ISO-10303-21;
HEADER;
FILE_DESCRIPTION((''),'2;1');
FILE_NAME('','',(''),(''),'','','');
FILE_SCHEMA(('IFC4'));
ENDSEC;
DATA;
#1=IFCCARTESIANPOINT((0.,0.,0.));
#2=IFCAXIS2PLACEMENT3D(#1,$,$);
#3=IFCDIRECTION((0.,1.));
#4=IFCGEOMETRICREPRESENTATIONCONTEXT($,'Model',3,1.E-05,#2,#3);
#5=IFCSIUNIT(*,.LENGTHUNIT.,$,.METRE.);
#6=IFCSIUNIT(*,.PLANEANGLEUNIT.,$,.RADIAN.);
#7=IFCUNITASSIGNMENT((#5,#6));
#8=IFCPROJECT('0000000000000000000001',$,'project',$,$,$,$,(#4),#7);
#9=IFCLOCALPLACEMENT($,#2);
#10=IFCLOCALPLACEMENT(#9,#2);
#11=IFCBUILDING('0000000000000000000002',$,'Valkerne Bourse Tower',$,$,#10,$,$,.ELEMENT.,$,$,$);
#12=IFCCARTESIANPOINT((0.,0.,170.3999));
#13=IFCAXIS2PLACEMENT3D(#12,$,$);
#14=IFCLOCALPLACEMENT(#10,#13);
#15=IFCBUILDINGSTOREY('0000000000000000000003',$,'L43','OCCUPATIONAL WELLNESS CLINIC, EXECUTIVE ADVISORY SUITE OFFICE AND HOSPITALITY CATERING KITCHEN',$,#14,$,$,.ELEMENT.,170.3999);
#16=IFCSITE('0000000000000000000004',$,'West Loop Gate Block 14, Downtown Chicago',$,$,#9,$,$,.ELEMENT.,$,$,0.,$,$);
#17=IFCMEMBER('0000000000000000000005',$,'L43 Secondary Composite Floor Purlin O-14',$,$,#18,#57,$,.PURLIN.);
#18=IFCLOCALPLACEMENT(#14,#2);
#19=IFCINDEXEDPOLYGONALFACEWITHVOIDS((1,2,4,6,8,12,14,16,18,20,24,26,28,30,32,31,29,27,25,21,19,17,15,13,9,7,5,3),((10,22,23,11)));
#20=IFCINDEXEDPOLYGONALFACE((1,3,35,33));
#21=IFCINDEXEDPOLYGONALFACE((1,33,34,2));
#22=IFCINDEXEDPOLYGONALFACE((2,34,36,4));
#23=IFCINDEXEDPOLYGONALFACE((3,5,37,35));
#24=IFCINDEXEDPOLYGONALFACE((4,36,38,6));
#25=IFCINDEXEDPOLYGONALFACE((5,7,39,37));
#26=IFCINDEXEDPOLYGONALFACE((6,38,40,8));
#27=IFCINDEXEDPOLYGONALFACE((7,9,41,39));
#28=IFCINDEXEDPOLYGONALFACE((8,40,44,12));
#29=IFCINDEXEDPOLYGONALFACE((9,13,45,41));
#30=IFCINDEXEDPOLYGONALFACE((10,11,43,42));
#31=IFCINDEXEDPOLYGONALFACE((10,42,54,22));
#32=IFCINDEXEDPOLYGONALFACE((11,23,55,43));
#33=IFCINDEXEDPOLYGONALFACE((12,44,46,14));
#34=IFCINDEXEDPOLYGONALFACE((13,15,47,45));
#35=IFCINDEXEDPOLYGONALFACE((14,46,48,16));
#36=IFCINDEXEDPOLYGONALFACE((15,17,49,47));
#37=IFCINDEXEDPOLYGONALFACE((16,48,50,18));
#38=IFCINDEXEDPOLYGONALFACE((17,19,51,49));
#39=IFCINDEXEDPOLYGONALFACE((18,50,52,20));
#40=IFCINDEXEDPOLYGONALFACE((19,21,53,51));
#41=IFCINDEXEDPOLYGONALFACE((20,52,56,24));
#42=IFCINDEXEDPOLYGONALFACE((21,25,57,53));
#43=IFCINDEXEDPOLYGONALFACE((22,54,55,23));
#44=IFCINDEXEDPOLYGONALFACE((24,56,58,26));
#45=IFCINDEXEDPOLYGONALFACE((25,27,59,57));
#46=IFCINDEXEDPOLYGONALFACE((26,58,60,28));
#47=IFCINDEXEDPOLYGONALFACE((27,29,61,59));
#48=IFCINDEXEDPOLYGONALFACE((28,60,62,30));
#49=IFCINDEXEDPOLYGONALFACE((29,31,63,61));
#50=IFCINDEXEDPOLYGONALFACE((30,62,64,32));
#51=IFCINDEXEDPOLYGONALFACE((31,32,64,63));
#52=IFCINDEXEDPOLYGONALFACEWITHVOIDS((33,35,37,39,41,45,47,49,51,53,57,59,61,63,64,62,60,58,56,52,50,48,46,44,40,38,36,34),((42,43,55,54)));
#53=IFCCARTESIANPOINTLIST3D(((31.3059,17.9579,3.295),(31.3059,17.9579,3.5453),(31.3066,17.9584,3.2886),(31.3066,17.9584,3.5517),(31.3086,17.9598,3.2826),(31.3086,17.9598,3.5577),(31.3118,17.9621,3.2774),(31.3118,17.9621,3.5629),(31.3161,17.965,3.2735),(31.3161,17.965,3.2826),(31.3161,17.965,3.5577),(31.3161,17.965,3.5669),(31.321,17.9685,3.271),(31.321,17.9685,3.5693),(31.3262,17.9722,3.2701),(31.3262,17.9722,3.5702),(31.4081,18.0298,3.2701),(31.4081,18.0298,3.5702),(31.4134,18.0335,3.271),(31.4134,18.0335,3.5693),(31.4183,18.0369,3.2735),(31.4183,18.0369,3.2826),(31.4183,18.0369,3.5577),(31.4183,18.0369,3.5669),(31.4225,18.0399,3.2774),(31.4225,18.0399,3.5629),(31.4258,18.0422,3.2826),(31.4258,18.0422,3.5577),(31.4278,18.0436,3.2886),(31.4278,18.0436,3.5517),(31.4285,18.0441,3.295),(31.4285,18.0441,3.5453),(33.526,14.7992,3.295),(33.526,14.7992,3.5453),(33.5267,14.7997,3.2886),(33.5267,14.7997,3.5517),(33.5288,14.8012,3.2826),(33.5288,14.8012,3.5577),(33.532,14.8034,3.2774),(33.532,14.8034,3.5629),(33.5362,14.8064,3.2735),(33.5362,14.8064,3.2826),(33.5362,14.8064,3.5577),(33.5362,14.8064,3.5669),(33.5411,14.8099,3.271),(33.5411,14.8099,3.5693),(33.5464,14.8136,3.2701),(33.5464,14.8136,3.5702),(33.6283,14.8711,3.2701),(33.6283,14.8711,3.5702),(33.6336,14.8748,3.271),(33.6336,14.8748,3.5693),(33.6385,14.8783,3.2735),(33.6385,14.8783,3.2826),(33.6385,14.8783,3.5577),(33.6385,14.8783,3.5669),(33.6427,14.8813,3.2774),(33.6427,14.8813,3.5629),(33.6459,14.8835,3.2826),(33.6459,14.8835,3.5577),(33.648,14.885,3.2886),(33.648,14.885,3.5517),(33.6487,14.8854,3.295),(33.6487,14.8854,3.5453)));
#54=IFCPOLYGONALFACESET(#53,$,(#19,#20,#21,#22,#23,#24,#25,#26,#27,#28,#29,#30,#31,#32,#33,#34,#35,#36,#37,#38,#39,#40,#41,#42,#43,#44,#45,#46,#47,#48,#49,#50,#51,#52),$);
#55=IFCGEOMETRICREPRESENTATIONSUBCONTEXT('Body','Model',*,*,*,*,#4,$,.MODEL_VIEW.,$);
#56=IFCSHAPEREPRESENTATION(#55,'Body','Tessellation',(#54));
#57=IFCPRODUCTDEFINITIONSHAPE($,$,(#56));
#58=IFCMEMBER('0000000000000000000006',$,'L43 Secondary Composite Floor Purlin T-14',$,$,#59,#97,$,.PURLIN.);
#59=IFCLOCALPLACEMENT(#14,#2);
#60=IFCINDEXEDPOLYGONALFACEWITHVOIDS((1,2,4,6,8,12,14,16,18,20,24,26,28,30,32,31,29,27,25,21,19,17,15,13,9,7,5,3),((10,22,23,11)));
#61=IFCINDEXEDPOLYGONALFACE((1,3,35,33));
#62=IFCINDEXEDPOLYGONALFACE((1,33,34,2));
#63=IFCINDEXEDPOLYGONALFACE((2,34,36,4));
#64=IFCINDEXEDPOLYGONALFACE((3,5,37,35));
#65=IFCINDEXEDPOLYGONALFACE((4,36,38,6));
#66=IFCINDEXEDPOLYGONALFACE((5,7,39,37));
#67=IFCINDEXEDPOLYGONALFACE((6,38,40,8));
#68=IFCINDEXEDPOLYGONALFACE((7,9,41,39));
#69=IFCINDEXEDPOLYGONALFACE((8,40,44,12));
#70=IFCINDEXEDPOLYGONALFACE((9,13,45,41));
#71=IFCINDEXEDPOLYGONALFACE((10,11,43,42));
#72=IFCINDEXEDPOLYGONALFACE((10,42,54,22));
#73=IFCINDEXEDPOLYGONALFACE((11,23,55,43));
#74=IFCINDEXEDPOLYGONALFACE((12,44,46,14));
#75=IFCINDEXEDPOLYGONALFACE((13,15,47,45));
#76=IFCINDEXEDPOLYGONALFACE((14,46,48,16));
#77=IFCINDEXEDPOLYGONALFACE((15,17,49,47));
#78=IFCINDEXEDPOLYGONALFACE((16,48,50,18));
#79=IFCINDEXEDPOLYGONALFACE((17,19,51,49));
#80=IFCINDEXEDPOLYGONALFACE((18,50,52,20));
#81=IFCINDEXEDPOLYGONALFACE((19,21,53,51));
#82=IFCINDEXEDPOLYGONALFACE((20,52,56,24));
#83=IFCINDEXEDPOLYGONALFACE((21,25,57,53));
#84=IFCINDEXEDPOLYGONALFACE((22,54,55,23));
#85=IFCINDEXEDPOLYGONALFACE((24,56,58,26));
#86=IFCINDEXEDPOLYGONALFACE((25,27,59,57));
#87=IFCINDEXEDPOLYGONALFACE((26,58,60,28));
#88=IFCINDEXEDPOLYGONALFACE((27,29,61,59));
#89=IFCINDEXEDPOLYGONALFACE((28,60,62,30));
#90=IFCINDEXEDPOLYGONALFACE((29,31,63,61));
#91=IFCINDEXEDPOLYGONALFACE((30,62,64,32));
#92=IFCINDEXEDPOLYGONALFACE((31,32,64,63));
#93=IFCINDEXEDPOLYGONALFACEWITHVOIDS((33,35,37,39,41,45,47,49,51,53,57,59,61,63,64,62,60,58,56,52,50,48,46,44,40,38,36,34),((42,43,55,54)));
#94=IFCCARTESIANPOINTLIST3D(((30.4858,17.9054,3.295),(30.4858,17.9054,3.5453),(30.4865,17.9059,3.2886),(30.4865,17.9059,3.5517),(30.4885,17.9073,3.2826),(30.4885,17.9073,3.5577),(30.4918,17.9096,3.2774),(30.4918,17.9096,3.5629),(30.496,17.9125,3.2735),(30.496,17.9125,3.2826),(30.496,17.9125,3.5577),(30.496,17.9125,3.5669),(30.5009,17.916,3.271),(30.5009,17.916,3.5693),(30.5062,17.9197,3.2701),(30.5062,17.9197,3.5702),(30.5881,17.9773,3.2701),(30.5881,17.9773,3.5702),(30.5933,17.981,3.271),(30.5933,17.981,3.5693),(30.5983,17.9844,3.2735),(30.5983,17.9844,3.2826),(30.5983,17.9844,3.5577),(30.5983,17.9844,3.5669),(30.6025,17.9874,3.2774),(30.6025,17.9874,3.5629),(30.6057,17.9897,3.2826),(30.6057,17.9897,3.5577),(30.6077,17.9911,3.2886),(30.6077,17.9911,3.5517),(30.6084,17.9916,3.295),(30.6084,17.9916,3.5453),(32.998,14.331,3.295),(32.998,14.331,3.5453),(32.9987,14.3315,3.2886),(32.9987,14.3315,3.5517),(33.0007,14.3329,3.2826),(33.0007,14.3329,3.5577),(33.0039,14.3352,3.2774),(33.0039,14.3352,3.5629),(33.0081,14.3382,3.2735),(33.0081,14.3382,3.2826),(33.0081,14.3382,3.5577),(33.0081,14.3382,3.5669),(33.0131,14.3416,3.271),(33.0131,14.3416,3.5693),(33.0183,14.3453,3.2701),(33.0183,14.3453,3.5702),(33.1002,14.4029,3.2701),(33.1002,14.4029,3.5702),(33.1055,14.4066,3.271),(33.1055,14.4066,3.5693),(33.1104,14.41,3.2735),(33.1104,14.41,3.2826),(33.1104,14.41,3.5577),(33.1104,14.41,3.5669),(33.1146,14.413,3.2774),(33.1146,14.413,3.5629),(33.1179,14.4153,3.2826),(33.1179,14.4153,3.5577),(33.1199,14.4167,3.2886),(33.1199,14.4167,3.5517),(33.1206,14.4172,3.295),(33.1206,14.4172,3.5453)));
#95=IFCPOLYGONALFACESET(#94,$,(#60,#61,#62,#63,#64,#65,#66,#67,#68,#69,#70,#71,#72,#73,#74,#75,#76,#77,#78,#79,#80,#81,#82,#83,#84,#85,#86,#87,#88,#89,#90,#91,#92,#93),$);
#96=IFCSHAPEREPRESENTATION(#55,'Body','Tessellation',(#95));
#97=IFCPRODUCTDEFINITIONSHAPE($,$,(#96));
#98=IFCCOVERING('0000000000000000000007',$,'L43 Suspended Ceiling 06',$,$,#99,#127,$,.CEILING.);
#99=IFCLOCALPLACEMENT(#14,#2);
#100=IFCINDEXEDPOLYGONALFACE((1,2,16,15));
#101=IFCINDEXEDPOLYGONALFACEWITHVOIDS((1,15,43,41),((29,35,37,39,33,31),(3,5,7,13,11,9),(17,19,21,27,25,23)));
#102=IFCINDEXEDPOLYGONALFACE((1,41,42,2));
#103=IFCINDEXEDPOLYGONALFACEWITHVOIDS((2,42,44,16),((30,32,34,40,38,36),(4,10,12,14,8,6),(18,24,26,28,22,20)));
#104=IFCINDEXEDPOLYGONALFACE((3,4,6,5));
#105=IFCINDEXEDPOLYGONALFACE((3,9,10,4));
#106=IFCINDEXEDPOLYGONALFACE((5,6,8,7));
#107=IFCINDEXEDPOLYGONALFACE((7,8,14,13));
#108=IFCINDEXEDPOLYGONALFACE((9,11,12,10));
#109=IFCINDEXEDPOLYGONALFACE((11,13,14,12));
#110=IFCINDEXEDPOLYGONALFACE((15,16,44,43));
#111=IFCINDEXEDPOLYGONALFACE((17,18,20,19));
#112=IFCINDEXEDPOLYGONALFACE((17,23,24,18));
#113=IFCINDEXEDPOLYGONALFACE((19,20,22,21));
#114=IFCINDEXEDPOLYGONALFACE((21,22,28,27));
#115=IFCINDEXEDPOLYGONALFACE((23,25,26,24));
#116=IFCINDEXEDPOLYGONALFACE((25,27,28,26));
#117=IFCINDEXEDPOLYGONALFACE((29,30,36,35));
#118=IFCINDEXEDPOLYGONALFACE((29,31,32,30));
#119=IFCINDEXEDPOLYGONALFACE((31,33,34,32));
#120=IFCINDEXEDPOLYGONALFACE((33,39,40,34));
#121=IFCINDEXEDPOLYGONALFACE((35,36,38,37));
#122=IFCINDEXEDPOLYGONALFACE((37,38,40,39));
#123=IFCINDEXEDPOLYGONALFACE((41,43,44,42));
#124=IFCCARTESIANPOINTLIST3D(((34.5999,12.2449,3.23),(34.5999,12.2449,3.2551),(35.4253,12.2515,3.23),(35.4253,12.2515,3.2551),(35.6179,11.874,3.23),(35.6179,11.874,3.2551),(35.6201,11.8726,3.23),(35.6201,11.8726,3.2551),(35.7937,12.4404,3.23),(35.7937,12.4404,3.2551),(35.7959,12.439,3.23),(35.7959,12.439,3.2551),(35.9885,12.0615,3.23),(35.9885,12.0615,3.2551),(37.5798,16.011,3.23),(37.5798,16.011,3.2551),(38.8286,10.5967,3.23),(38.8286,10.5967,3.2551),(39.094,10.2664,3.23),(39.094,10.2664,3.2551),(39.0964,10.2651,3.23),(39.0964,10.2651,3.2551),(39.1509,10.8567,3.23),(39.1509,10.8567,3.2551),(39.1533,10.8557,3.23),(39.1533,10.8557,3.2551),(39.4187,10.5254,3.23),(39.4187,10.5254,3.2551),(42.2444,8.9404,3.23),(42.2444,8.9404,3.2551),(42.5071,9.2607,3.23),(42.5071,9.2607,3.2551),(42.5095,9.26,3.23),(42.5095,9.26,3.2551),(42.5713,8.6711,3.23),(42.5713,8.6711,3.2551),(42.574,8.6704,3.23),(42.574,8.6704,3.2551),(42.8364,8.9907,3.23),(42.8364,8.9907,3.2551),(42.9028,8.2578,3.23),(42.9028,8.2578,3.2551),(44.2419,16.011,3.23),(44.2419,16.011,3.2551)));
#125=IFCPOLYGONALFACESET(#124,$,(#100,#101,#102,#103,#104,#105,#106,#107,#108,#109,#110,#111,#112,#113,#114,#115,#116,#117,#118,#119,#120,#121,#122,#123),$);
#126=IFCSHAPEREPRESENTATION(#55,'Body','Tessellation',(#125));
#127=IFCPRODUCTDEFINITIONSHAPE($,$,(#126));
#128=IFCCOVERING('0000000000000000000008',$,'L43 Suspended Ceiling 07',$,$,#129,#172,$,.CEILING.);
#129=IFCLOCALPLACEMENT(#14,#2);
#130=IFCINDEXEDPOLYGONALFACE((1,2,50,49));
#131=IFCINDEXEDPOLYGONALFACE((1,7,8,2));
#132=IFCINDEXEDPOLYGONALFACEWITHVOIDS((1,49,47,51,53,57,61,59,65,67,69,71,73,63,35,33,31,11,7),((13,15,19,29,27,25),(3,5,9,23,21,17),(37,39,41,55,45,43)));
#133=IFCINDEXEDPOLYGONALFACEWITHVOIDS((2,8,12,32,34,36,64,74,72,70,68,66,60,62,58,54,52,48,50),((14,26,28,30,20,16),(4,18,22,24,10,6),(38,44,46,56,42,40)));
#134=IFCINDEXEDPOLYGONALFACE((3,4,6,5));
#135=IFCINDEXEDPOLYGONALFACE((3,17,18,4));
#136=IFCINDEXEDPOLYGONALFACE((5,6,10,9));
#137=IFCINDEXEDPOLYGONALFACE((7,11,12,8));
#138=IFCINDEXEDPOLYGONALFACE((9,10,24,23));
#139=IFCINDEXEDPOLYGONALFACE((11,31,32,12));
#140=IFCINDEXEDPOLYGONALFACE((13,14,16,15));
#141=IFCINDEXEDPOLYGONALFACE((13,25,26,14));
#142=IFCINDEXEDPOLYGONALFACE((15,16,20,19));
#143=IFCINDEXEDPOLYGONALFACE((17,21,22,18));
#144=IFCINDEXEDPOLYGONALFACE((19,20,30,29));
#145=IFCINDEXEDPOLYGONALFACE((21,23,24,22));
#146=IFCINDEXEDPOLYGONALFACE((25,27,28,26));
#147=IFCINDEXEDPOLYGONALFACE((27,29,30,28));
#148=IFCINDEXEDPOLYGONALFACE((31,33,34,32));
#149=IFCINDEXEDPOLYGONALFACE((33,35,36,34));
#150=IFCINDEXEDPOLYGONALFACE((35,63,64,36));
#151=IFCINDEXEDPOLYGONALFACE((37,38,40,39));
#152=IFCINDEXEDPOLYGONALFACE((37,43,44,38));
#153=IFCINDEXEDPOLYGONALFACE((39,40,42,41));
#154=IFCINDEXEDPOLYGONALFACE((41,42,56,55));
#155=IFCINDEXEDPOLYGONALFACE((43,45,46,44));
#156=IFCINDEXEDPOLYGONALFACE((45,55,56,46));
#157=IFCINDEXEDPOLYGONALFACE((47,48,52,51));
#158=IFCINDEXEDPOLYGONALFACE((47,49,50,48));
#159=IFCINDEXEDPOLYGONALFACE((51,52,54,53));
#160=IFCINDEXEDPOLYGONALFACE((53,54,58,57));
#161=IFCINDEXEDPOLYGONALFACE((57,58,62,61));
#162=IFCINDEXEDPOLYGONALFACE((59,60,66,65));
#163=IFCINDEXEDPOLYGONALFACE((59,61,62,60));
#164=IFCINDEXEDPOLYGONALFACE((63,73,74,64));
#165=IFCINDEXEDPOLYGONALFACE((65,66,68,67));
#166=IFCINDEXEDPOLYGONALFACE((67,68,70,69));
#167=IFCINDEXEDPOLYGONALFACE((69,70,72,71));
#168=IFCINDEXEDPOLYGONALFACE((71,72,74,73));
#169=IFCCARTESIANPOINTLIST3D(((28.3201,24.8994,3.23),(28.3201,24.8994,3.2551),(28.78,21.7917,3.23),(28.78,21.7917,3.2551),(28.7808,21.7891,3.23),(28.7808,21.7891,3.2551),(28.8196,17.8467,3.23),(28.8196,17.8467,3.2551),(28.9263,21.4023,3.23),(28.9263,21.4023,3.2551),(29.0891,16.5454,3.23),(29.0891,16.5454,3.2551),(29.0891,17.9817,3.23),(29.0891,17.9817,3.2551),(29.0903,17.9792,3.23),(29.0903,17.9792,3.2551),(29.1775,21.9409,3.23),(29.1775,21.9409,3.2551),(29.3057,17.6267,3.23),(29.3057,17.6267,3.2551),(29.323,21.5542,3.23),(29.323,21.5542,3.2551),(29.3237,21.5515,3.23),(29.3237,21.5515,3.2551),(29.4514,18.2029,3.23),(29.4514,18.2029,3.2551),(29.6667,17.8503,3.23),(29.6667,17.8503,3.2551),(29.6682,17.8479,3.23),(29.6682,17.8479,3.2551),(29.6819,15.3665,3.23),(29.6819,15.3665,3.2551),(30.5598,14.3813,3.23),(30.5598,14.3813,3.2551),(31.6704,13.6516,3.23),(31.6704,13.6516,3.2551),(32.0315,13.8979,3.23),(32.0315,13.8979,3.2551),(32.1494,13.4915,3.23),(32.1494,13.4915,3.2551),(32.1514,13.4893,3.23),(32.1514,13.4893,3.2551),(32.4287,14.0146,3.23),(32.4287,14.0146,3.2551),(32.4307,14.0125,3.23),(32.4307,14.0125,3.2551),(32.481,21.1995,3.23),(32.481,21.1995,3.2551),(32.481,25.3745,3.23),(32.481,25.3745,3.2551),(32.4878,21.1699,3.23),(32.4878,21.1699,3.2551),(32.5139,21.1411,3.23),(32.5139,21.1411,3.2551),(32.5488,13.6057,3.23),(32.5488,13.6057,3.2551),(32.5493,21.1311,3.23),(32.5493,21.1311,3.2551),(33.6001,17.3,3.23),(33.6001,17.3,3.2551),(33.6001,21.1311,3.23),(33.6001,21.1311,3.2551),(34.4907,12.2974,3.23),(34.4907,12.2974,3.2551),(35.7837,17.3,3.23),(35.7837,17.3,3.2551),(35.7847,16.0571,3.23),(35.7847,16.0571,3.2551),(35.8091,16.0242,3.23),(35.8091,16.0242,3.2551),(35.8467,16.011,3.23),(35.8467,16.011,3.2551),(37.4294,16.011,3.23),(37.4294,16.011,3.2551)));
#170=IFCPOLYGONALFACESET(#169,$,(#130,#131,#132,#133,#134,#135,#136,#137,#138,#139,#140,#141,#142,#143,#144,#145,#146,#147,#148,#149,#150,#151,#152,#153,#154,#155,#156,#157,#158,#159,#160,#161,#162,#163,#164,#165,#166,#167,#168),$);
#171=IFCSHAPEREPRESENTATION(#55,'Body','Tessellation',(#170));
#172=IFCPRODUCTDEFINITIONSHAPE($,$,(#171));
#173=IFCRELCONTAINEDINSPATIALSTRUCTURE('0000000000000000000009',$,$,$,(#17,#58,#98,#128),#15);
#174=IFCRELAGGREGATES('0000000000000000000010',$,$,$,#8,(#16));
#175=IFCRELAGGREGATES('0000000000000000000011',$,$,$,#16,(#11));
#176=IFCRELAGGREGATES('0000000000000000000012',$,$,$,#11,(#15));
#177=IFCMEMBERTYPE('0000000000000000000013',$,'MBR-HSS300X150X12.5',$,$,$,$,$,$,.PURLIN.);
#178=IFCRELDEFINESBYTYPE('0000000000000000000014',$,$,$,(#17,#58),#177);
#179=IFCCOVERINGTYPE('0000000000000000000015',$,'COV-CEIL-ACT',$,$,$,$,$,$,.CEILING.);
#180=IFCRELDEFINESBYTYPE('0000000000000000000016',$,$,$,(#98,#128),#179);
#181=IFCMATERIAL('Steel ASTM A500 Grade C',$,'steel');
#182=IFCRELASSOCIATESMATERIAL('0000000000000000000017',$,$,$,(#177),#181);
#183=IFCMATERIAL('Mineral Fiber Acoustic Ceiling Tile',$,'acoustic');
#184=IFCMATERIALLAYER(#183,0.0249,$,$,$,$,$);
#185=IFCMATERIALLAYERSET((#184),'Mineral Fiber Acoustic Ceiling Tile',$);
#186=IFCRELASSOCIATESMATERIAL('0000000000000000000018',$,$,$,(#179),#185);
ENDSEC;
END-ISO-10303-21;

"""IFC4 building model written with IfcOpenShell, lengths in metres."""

from ifc_helpers import new_model, si_unit, direction, frame, origin, origin_2d, place, context, subcontext, project, spatial, polyline, hollow_rectangle, outline, extrude, material, layer, layer_set, material_profile, profile_set, type_object, element, save


model = new_model("IFC4")

# Units and contexts
model_context = context("Model", 3, precision=1e-05, world=origin(), true_north=direction((0.0, 1.0)))
body_context = subcontext(model_context, "Body", "Model", "MODEL_VIEW")
ifc_project = project(units=[si_unit("LENGTHUNIT", "METRE"), si_unit("PLANEANGLEUNIT", "RADIAN")], contexts=[model_context])

# Site, building, storey
site_placement = place(None, origin())
site = spatial("IfcSite", under=ifc_project, at=site_placement, Name="West Loop Gate Block 14, Downtown Chicago", CompositionType="ELEMENT", RefElevation=0.0)
building_placement = place(site_placement, origin())
building = spatial("IfcBuilding", under=site, at=building_placement, Name="Valkerne Bourse Tower", CompositionType="ELEMENT")
storey_placement = place(building_placement, frame((0.0, 0.0, 170.3999)))
storey = spatial("IfcBuildingStorey", under=building, at=storey_placement, Name="L43", Description="OCCUPATIONAL WELLNESS CLINIC, EXECUTIVE ADVISORY SUITE OFFICE AND HOSPITALITY CATERING KITCHEN", CompositionType="ELEMENT", Elevation=170.3999)

# Members
ifc_material_1 = material(Name="Steel ASTM A500 Grade C", Category="steel")
ifc_material_profile_1 = material_profile(ifc_material_1, hollow_rectangle(XDim=0.1499, YDim=0.3, WallThickness=0.0125, OuterFilletRadius=0.0249, at=origin_2d()), Name="HSS300X150X12.5")
ifc_profile_set_1 = profile_set([ifc_material_profile_1], Name="Steel ASTM A500 Grade C")
member_type_1 = type_object("IfcMemberType", Name="MBR-HSS300X150X12.5", PredefinedType="PURLIN", material=ifc_profile_set_1)
member_1_placement = place(storey_placement, frame((31.3672, 18.001, 3.4202), z_axis=(0.575048, -0.818119, 0.0), x_axis=(0.818119, 0.575048, 0.0)))
element("IfcMember", 1, at=member_1_placement, inside=storey, type_object=member_type_1, Name="L43 Secondary Composite Floor Purlin O-14", PredefinedType="PURLIN", context=body_context, shape_type="SweptSolid", body=[
    extrude(hollow_rectangle(XDim=0.1499, YDim=0.3, WallThickness=0.0125, OuterFilletRadius=0.0249, at=origin_2d()), origin(), (0.0, 0.0, 1.0), 3.8608),
])
member_2_placement = place(storey_placement, frame((30.5471, 17.9485, 3.4202), z_axis=(0.57501, -0.818146, 0.0), x_axis=(0.818146, 0.57501, 0.0)))
element("IfcMember", 2, at=member_2_placement, inside=storey, type_object=member_type_1, Name="L43 Secondary Composite Floor Purlin T-14", PredefinedType="PURLIN", context=body_context, shape_type="SweptSolid", body=[
    extrude(hollow_rectangle(XDim=0.1499, YDim=0.3, WallThickness=0.0125, OuterFilletRadius=0.0249, at=origin_2d()), origin(), (0.0, 0.0, 1.0), 4.3689),
])

# Coverings
ifc_material_2 = material(Name="Mineral Fiber Acoustic Ceiling Tile", Category="acoustic")
ifc_layer_1 = layer(ifc_material_2, 0.0249)
ifc_layer_set_1 = layer_set([ifc_layer_1], Name="Mineral Fiber Acoustic Ceiling Tile")
covering_type_1 = type_object("IfcCoveringType", Name="COV-CEIL-ACT", PredefinedType="CEILING", material=ifc_layer_set_1)
covering_1_placement = place(storey_placement, frame((0.0, 0.0, 3.23)))
element("IfcCovering", 3, at=covering_1_placement, inside=storey, type_object=covering_type_1, Name="L43 Suspended Ceiling 06", PredefinedType="CEILING", context=body_context, shape_type="SweptSolid", body=[
    extrude(outline(polyline([(44.2419, 16.011), (42.9028, 8.2578), (34.5999, 12.2449), (37.5798, 16.011), (44.2419, 16.011)]), holes=[polyline([(35.7959, 12.439), (35.7937, 12.4404), (35.4253, 12.2515), (35.6179, 11.874), (35.6201, 11.8726), (35.9885, 12.0615), (35.7959, 12.439)]), polyline([(42.5095, 9.26), (42.5071, 9.2607), (42.2444, 8.9404), (42.5713, 8.6711), (42.574, 8.6704), (42.8364, 8.9907), (42.5095, 9.26)]), polyline([(39.4187, 10.5254), (39.1533, 10.8557), (39.1509, 10.8567), (38.8286, 10.5967), (39.094, 10.2664), (39.0964, 10.2651), (39.4187, 10.5254)])]), origin(), (0.0, 0.0, 1.0), 0.0251),
])
covering_2_placement = place(storey_placement, frame((0.0, 0.0, 3.23)))
element("IfcCovering", 4, at=covering_2_placement, inside=storey, type_object=covering_type_1, Name="L43 Suspended Ceiling 07", PredefinedType="CEILING", context=body_context, shape_type="SweptSolid", body=[
    extrude(outline(polyline([(29.6819, 15.3665), (29.0891, 16.5454), (28.8196, 17.8467), (28.3201, 24.8994), (32.481, 25.3745), (32.481, 21.1995), (32.4878, 21.1699), (32.5139, 21.1411), (32.5493, 21.1311), (33.6001, 21.1311), (33.6001, 17.3), (35.7837, 17.3), (35.7847, 16.0571), (35.8091, 16.0242), (35.8467, 16.011), (37.4294, 16.011), (34.4907, 12.2974), (31.6704, 13.6516), (30.5598, 14.3813), (29.6819, 15.3665)]), holes=[polyline([(32.4307, 14.0125), (32.4287, 14.0146), (32.0315, 13.8979), (32.1494, 13.4915), (32.1514, 13.4893), (32.5488, 13.6057), (32.4307, 14.0125)]), polyline([(29.6682, 17.8479), (29.6667, 17.8503), (29.4514, 18.2029), (29.0891, 17.9817), (29.0903, 17.9792), (29.3057, 17.6267), (29.6682, 17.8479)]), polyline([(29.3237, 21.5515), (29.323, 21.5542), (29.1775, 21.9409), (28.78, 21.7917), (28.7808, 21.7891), (28.9263, 21.4023), (29.3237, 21.5515)])]), origin(), (0.0, 0.0, 1.0), 0.0251),
])

save(model, "model.ifc")
